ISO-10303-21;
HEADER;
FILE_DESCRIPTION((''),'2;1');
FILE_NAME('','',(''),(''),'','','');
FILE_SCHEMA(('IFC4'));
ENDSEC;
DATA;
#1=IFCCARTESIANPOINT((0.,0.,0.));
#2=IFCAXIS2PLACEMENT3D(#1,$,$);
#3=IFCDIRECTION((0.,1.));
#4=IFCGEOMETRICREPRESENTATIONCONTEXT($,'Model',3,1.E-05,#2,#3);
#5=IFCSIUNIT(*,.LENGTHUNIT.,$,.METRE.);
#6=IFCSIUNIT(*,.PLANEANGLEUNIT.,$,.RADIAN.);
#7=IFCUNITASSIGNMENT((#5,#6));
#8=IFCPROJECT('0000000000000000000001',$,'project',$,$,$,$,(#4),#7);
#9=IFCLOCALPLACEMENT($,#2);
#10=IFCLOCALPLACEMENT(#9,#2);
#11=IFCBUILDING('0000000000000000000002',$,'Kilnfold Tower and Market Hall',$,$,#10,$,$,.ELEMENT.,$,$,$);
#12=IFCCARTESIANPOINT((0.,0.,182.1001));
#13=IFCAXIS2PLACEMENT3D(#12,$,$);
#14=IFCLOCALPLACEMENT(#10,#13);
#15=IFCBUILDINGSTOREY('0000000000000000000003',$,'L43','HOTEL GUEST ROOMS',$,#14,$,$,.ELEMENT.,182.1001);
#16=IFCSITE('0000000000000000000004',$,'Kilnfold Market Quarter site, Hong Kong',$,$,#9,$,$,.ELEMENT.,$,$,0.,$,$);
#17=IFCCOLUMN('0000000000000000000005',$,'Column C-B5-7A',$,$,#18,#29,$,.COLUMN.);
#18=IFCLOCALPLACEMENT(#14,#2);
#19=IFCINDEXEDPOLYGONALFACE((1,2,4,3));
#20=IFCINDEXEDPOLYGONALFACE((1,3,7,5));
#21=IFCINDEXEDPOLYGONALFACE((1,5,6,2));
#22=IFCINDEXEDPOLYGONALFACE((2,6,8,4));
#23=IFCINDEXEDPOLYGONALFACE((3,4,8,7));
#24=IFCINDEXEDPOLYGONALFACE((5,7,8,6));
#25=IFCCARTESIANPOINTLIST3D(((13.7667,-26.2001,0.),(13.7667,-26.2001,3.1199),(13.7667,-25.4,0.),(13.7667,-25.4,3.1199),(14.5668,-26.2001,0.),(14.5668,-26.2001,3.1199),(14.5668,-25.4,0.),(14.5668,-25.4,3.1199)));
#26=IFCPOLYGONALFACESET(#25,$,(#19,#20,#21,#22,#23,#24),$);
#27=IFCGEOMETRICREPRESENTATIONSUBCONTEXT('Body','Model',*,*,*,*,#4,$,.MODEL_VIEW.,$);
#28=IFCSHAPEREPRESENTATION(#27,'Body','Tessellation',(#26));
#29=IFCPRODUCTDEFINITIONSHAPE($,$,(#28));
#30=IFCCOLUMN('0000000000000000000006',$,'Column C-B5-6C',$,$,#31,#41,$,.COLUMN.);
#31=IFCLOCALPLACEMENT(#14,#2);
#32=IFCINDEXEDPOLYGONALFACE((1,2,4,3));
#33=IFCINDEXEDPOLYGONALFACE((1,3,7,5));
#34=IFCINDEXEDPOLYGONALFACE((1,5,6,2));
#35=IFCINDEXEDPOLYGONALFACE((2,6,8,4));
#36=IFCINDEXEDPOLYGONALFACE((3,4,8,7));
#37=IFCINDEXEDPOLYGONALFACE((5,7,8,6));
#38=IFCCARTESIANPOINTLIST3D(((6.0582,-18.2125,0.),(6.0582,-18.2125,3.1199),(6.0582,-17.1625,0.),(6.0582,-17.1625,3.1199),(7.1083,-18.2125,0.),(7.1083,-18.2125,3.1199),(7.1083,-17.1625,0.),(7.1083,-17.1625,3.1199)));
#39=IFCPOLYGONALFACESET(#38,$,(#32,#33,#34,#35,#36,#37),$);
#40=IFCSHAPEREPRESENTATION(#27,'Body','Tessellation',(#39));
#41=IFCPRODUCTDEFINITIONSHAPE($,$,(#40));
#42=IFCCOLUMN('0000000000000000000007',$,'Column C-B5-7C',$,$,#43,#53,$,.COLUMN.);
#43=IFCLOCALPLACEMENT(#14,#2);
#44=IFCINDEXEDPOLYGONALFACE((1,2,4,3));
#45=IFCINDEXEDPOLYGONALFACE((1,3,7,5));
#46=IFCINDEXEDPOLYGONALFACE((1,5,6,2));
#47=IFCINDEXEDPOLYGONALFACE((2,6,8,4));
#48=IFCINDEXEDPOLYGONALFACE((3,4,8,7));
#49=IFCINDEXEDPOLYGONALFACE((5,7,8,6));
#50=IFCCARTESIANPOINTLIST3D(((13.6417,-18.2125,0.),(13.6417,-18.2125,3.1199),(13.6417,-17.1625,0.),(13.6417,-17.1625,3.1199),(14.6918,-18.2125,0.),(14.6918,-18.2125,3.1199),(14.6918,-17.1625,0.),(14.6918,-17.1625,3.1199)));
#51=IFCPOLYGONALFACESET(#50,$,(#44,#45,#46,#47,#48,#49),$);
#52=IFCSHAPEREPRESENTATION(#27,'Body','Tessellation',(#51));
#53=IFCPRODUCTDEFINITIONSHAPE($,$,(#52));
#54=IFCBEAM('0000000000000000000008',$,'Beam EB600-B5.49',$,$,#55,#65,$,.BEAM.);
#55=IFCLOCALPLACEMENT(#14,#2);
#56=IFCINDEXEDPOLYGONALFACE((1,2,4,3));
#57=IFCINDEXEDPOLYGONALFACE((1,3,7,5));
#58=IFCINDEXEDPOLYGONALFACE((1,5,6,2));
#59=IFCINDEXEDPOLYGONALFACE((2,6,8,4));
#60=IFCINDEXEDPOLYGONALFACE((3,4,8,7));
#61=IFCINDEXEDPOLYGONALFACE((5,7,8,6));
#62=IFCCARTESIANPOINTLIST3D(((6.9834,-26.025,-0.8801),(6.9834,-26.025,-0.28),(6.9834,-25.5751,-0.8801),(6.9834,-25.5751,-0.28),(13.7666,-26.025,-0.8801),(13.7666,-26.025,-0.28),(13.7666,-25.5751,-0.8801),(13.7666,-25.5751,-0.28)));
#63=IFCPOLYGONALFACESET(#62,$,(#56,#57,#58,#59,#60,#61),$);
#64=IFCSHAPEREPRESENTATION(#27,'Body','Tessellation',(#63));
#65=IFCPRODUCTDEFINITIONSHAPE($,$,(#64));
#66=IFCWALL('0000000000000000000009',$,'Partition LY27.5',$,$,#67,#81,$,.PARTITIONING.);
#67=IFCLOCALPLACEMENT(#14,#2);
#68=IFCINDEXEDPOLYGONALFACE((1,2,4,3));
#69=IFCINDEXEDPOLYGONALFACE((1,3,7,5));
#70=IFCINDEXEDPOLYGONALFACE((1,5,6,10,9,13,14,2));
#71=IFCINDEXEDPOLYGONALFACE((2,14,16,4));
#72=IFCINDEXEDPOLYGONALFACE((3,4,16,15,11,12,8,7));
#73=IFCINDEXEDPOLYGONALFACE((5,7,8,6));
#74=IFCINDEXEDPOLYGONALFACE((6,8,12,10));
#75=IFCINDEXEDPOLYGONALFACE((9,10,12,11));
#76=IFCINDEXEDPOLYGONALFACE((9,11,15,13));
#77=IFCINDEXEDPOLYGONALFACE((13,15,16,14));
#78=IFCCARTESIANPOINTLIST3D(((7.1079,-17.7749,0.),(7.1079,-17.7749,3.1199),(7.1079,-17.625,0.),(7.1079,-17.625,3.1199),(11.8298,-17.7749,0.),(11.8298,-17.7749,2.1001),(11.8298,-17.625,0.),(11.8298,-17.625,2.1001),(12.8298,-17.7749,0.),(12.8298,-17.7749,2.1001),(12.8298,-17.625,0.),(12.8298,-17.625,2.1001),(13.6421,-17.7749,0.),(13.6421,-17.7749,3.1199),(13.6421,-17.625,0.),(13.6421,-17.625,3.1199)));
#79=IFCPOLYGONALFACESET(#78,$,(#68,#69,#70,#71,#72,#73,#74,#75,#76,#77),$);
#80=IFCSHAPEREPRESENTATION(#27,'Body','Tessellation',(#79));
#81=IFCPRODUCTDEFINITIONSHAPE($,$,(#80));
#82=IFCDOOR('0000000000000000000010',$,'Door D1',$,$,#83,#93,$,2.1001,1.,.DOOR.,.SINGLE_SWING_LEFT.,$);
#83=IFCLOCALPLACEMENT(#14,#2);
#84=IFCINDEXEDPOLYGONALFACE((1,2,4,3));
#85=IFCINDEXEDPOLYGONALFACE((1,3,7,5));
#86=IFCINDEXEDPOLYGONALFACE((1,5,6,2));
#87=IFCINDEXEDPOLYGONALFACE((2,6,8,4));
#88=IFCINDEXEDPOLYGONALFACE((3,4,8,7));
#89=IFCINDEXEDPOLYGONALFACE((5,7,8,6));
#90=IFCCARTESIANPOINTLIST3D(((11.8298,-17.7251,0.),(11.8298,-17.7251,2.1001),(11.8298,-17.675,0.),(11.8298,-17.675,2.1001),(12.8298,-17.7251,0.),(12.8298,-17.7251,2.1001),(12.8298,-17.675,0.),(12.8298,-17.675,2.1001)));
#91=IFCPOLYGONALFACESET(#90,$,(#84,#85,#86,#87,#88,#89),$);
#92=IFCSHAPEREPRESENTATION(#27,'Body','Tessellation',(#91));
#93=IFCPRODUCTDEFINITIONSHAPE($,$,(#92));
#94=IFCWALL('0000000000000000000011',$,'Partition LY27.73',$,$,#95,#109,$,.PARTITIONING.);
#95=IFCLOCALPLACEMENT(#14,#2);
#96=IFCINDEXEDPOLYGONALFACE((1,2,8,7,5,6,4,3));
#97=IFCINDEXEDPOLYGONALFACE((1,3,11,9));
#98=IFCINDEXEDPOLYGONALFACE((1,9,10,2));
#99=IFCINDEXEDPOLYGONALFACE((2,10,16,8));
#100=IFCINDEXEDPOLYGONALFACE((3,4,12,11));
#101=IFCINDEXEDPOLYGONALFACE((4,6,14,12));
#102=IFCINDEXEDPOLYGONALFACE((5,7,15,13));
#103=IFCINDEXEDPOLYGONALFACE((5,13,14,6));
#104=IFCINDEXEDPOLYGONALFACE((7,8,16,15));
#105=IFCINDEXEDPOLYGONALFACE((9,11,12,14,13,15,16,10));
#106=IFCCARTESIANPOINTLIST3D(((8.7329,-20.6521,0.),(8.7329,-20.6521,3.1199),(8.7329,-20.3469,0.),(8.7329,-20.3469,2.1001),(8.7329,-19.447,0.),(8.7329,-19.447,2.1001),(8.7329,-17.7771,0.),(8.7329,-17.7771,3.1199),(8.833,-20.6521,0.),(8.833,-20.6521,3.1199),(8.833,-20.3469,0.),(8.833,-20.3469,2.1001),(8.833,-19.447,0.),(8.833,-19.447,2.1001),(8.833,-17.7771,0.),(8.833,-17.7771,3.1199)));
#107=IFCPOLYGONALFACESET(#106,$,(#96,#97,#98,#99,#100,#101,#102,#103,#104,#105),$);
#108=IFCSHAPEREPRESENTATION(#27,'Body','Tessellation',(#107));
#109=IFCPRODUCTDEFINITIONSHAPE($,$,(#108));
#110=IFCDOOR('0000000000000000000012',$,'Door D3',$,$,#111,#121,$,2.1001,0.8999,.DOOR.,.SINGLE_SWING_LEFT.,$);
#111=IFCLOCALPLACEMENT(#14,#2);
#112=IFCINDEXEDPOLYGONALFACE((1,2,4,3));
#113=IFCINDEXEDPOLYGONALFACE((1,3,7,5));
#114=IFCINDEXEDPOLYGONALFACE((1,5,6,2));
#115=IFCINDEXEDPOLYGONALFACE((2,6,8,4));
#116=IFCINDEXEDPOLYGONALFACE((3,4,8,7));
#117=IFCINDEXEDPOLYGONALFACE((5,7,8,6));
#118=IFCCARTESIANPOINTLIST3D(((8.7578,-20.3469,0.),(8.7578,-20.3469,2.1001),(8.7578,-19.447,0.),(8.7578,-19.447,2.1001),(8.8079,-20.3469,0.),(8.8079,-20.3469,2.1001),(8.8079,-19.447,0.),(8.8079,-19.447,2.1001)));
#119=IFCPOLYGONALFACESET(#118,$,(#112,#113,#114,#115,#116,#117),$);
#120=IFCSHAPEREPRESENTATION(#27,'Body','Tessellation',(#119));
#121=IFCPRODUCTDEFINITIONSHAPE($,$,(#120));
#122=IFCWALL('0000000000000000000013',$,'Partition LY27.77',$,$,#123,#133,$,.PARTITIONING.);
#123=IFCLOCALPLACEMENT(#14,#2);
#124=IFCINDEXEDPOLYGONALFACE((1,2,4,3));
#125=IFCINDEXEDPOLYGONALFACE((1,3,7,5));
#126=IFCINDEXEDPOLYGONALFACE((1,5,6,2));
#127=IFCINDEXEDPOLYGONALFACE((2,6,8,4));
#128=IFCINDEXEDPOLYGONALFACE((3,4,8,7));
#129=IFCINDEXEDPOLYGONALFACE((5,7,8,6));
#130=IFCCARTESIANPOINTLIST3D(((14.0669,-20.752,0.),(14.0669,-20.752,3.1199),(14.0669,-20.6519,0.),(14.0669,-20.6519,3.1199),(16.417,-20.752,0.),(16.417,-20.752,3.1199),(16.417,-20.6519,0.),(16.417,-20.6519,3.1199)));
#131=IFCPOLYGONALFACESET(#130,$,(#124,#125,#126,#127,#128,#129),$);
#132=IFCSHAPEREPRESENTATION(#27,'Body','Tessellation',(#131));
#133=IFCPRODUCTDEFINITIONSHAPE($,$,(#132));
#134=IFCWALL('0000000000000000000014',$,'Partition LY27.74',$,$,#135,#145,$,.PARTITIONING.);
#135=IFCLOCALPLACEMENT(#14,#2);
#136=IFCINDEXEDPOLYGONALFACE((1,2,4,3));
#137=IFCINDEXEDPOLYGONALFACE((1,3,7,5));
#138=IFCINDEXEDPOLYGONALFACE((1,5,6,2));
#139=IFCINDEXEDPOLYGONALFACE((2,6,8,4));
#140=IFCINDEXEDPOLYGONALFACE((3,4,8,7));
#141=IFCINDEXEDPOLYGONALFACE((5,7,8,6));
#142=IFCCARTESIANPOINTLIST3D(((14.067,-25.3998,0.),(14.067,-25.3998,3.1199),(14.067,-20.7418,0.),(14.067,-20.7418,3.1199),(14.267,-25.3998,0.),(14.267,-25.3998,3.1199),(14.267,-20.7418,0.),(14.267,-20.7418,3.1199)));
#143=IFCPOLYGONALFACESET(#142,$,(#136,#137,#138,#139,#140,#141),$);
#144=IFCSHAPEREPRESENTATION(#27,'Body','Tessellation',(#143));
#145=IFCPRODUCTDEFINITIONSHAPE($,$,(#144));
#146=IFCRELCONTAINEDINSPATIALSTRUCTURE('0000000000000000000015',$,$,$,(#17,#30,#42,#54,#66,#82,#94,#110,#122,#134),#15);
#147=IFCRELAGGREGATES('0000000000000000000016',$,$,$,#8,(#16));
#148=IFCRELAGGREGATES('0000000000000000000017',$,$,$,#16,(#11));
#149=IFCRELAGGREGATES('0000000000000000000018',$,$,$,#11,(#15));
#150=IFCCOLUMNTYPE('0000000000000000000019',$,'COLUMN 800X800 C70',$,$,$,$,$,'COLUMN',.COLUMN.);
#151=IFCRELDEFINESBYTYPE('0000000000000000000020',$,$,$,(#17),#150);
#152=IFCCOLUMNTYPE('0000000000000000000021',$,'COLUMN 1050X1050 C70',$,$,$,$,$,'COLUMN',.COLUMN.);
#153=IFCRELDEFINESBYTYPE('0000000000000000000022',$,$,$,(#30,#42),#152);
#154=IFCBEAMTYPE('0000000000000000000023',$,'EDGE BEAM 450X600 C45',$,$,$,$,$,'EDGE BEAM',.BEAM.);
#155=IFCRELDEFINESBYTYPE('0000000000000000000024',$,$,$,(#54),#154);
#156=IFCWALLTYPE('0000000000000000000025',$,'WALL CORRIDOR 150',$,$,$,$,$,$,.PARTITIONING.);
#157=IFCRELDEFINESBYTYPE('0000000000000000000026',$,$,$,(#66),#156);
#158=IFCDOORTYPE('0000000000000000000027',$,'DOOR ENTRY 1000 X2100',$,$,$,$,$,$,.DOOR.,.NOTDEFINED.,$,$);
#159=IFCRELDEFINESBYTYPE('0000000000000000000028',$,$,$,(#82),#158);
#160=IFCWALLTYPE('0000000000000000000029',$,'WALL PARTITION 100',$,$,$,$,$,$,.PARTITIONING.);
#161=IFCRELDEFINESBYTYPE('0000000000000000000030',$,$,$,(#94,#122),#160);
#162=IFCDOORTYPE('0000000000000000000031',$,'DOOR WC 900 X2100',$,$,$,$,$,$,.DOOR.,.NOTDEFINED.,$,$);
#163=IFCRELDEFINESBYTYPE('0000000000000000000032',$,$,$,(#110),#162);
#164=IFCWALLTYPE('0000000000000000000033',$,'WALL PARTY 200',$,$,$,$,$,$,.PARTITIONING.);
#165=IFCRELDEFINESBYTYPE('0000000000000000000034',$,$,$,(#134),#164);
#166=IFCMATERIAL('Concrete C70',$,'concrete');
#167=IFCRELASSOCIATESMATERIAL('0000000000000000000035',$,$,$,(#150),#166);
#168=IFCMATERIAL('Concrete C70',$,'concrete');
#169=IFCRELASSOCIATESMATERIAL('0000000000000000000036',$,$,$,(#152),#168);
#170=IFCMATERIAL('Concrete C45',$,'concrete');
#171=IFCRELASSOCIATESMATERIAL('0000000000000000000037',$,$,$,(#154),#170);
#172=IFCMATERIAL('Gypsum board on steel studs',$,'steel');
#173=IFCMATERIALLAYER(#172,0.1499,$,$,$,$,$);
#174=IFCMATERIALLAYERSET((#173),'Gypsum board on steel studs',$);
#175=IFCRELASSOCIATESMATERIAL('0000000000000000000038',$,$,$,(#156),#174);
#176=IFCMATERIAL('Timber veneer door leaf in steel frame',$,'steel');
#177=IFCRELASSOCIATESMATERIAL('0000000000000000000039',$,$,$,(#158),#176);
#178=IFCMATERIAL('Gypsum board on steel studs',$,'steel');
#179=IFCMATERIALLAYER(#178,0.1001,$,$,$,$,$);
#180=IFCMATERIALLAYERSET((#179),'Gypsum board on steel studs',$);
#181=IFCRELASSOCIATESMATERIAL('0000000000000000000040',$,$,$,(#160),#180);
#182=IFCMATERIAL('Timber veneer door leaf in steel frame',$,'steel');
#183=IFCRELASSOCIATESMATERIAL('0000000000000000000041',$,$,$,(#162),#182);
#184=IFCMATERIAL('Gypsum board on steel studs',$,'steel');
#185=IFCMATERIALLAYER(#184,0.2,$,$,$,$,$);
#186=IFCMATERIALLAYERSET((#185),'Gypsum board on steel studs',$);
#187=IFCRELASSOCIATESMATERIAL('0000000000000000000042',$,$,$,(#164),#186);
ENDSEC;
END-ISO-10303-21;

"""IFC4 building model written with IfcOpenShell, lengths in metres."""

from ifc_helpers import new_model, si_unit, direction, frame, frame_2d, origin, origin_2d, place, context, subcontext, project, spatial, rectangle, extrude, source, transform, mapped, material, layer, layer_set, material_profile, profile_set, type_object, element, fill, save


model = new_model("IFC4")

# Units and contexts
model_context = context("Model", 3, precision=1e-05, world=origin(), true_north=direction((0.0, 1.0)))
body_context = subcontext(model_context, "Body", "Model", "MODEL_VIEW")
ifc_project = project(units=[si_unit("LENGTHUNIT", "METRE"), si_unit("PLANEANGLEUNIT", "RADIAN")], contexts=[model_context])

# Site, building, storey
site_placement = place(None, origin())
site = spatial("IfcSite", under=ifc_project, at=site_placement, Name="Kilnfold Market Quarter site, Hong Kong", CompositionType="ELEMENT", RefElevation=0.0)
building_placement = place(site_placement, origin())
building = spatial("IfcBuilding", under=site, at=building_placement, Name="Kilnfold Tower and Market Hall", CompositionType="ELEMENT")
storey_placement = place(building_placement, frame((0.0, 0.0, 182.1001)))
storey = spatial("IfcBuildingStorey", under=building, at=storey_placement, Name="L43", Description="HOTEL GUEST ROOMS", CompositionType="ELEMENT", Elevation=182.1001)

# Columns
ifc_material_1 = material(Name="Concrete C70", Category="concrete")
ifc_material_profile_1 = material_profile(ifc_material_1, rectangle(XDim=0.8, YDim=0.8, at=origin_2d()), Name="RC 800x800")
ifc_profile_set_1 = profile_set([ifc_material_profile_1], Name="Concrete C70")
column_type_1 = type_object("IfcColumnType", Name="COLUMN 800X800 C70", ElementType="COLUMN", PredefinedType="COLUMN", material=ifc_profile_set_1)
shared_shape_1 = source(origin(), body_context, "Body", "SweptSolid", [
    extrude(rectangle(XDim=0.8, YDim=0.8, at=origin_2d()), origin(), (0.0, 0.0, 1.0), 3.1199),
])
column_placement = place(storey_placement, frame((14.1667, -25.8, 0.0), z_axis=(0.0, 0.0, 1.0), x_axis=(1.0, 0.0, 0.0)))
element("IfcColumn", 1, at=column_placement, inside=storey, type_object=column_type_1, Name="Column C-B5-7A", PredefinedType="COLUMN", context=body_context, shape_type="MappedRepresentation", body=[
    mapped(shared_shape_1, transform((0.0, 0.0, 0.0))),
])
ifc_material_2 = material(Name="Concrete C70", Category="concrete")
ifc_material_profile_2 = material_profile(ifc_material_2, rectangle(XDim=1.05, YDim=1.05, at=origin_2d()), Name="RC 1050x1050")
ifc_profile_set_2 = profile_set([ifc_material_profile_2], Name="Concrete C70")
column_type_2 = type_object("IfcColumnType", Name="COLUMN 1050X1050 C70", ElementType="COLUMN", PredefinedType="COLUMN", material=ifc_profile_set_2)
shared_shape_2 = source(origin(), body_context, "Body", "SweptSolid", [
    extrude(rectangle(XDim=1.05, YDim=1.05, at=origin_2d()), origin(), (0.0, 0.0, 1.0), 3.1199),
])
for number, where, z_axis, x_axis, name in (
    (2, (6.5833, -17.6875, 0.0), (0.0, 0.0, 1.0), (1.0, 0.0, 0.0), "Column C-B5-6C"),
    (3, (14.1667, -17.6875, 0.0), (0.0, 0.0, 1.0), (1.0, 0.0, 0.0), "Column C-B5-7C"),
):
    element("IfcColumn", number, at=place(storey_placement, frame(where, z_axis=z_axis, x_axis=x_axis)), inside=storey, type_object=column_type_2, Name=name, PredefinedType="COLUMN", context=body_context, shape_type="MappedRepresentation", body=[
        mapped(shared_shape_2, transform((0.0, 0.0, 0.0))),
    ])

# Beam
ifc_material_3 = material(Name="Concrete C45", Category="concrete")
ifc_material_profile_3 = material_profile(ifc_material_3, rectangle(XDim=0.45, YDim=0.6001, at=origin_2d()), Name="RC 450x600")
ifc_profile_set_3 = profile_set([ifc_material_profile_3], Name="Concrete C45")
beam_type = type_object("IfcBeamType", Name="EDGE BEAM 450X600 C45", ElementType="EDGE BEAM", PredefinedType="BEAM", material=ifc_profile_set_3)
shared_shape_3 = source(origin(), body_context, "Body", "SweptSolid", [
    extrude(rectangle(XDim=0.45, YDim=0.6001, at=origin_2d()), origin(), (0.0, 0.0, 1.0), 6.7832),
])
beam_placement = place(storey_placement, frame((6.9834, -25.8, -0.5801), z_axis=(1.0, 0.0, 0.0), x_axis=(0.0, 1.0, 0.0)))
element("IfcBeam", 4, at=beam_placement, inside=storey, type_object=beam_type, Name="Beam EB600-B5.49", PredefinedType="BEAM", context=body_context, shape_type="MappedRepresentation", body=[
    mapped(shared_shape_3, transform((0.0, 0.0, 0.0))),
])

# Walls, openings, doors
ifc_material_4 = material(Name="Gypsum board on steel studs", Category="steel")
ifc_layer_1 = layer(ifc_material_4, 0.1499)
ifc_layer_set_1 = layer_set([ifc_layer_1], Name="Gypsum board on steel studs")
wall_type_1 = type_object("IfcWallType", Name="WALL CORRIDOR 150", PredefinedType="PARTITIONING", material=ifc_layer_set_1)
wall_1_placement = place(storey_placement, frame((7.1079, -17.7, 0.0), z_axis=(0.0, 0.0, 1.0), x_axis=(1.0, 0.0, 0.0)))
wall_1 = element("IfcWall", 5, at=wall_1_placement, inside=storey, type_object=wall_type_1, Name="Partition LY27.5", PredefinedType="PARTITIONING", context=body_context, shape_type="SweptSolid", body=[
    extrude(rectangle(XDim=6.5342, YDim=0.1499, at=frame_2d((3.2671, 0.0))), origin(), (0.0, 0.0, 1.0), 3.1199),
])
opening_1_placement = place(wall_1_placement, frame((4.7219, 0.0, 0.0)))
opening_1 = element("IfcOpeningElement", 6, at=opening_1_placement, cuts=wall_1, PredefinedType="OPENING", context=body_context, shape_type="SweptSolid", body=[
    extrude(rectangle(XDim=1.0, YDim=2.1001, at=frame_2d((0.5, 1.05))), frame((0.0, 0.085, 0.0), z_axis=(0.0, -1.0, 0.0), x_axis=(1.0, 0.0, 0.0)), (0.0, 0.0, 1.0), 0.1699),
])
ifc_material_5 = material(Name="Timber veneer door leaf in steel frame", Category="steel")
door_type_1 = type_object("IfcDoorType", Name="DOOR ENTRY 1000 X2100", OperationType="NOTDEFINED", PredefinedType="DOOR", material=ifc_material_5)
door_1_placement = place(opening_1_placement, origin())
door_1 = element("IfcDoor", 7, at=door_1_placement, inside=storey, type_object=door_type_1, Name="Door D1", OperationType="SINGLE_SWING_LEFT", OverallHeight=2.1001, OverallWidth=1.0, PredefinedType="DOOR", context=body_context, shape_type="SweptSolid", body=[
    extrude(rectangle(XDim=1.0, YDim=2.1001, at=frame_2d((0.5, 1.05))), frame((0.0, 0.0249, 0.0), z_axis=(0.0, -1.0, 0.0), x_axis=(1.0, 0.0, 0.0)), (0.0, 0.0, 1.0), 0.05),
])
fill(opening_1, door_1)
ifc_material_6 = material(Name="Gypsum board on steel studs", Category="steel")
ifc_layer_2 = layer(ifc_material_6, 0.1001)
ifc_layer_set_2 = layer_set([ifc_layer_2], Name="Gypsum board on steel studs")
wall_type_2 = type_object("IfcWallType", Name="WALL PARTITION 100", PredefinedType="PARTITIONING", material=ifc_layer_set_2)
wall_2_placement = place(storey_placement, frame((8.783, -17.7771, 0.0), z_axis=(0.0, 0.0, 1.0), x_axis=(0.0, -1.0, 0.0)))
wall_2 = element("IfcWall", 8, at=wall_2_placement, inside=storey, type_object=wall_type_2, Name="Partition LY27.73", PredefinedType="PARTITIONING", context=body_context, shape_type="SweptSolid", body=[
    extrude(rectangle(XDim=2.875, YDim=0.1001, at=frame_2d((1.4375, 0.0))), origin(), (0.0, 0.0, 1.0), 3.1199),
])
opening_2_placement = place(wall_2_placement, frame((1.6699, 0.0, 0.0)))
opening_2 = element("IfcOpeningElement", 9, at=opening_2_placement, cuts=wall_2, PredefinedType="OPENING", context=body_context, shape_type="SweptSolid", body=[
    extrude(rectangle(XDim=0.8999, YDim=2.1001, at=frame_2d((0.45, 1.05))), frame((0.0, 0.0601, 0.0), z_axis=(0.0, -1.0, 0.0), x_axis=(1.0, 0.0, 0.0)), (0.0, 0.0, 1.0), 0.1201),
])
ifc_material_7 = material(Name="Timber veneer door leaf in steel frame", Category="steel")
door_type_2 = type_object("IfcDoorType", Name="DOOR WC 900 X2100", OperationType="NOTDEFINED", PredefinedType="DOOR", material=ifc_material_7)
door_2_placement = place(opening_2_placement, origin())
door_2 = element("IfcDoor", 10, at=door_2_placement, inside=storey, type_object=door_type_2, Name="Door D3", OperationType="SINGLE_SWING_LEFT", OverallHeight=2.1001, OverallWidth=0.8999, PredefinedType="DOOR", context=body_context, shape_type="SweptSolid", body=[
    extrude(rectangle(XDim=0.8999, YDim=2.1001, at=frame_2d((0.45, 1.05))), frame((0.0, 0.0249, 0.0), z_axis=(0.0, -1.0, 0.0), x_axis=(1.0, 0.0, 0.0)), (0.0, 0.0, 1.0), 0.05),
])
fill(opening_2, door_2)

# Walls
wall_3_placement = place(storey_placement, frame((14.0669, -20.7019, 0.0), z_axis=(0.0, 0.0, 1.0), x_axis=(1.0, 0.0, 0.0)))
element("IfcWall", 11, at=wall_3_placement, inside=storey, type_object=wall_type_2, Name="Partition LY27.77", PredefinedType="PARTITIONING", context=body_context, shape_type="SweptSolid", body=[
    extrude(rectangle(XDim=2.3501, YDim=0.1001, at=frame_2d((1.175, 0.0))), origin(), (0.0, 0.0, 1.0), 3.1199),
])
ifc_material_8 = material(Name="Gypsum board on steel studs", Category="steel")
ifc_layer_3 = layer(ifc_material_8, 0.2)
ifc_layer_set_3 = layer_set([ifc_layer_3], Name="Gypsum board on steel studs")
wall_type_3 = type_object("IfcWallType", Name="WALL PARTY 200", PredefinedType="PARTITIONING", material=ifc_layer_set_3)
wall_4_placement = place(storey_placement, frame((14.167, -25.3999, 0.0), z_axis=(0.0, 0.0, 1.0), x_axis=(0.0, 1.0, 0.0)))
element("IfcWall", 12, at=wall_4_placement, inside=storey, type_object=wall_type_3, Name="Partition LY27.74", PredefinedType="PARTITIONING", context=body_context, shape_type="SweptSolid", body=[
    extrude(rectangle(XDim=4.658, YDim=0.2, at=frame_2d((2.3291, 0.0))), origin(), (0.0, 0.0, 1.0), 3.1199),
])

save(model, "model.ifc")
